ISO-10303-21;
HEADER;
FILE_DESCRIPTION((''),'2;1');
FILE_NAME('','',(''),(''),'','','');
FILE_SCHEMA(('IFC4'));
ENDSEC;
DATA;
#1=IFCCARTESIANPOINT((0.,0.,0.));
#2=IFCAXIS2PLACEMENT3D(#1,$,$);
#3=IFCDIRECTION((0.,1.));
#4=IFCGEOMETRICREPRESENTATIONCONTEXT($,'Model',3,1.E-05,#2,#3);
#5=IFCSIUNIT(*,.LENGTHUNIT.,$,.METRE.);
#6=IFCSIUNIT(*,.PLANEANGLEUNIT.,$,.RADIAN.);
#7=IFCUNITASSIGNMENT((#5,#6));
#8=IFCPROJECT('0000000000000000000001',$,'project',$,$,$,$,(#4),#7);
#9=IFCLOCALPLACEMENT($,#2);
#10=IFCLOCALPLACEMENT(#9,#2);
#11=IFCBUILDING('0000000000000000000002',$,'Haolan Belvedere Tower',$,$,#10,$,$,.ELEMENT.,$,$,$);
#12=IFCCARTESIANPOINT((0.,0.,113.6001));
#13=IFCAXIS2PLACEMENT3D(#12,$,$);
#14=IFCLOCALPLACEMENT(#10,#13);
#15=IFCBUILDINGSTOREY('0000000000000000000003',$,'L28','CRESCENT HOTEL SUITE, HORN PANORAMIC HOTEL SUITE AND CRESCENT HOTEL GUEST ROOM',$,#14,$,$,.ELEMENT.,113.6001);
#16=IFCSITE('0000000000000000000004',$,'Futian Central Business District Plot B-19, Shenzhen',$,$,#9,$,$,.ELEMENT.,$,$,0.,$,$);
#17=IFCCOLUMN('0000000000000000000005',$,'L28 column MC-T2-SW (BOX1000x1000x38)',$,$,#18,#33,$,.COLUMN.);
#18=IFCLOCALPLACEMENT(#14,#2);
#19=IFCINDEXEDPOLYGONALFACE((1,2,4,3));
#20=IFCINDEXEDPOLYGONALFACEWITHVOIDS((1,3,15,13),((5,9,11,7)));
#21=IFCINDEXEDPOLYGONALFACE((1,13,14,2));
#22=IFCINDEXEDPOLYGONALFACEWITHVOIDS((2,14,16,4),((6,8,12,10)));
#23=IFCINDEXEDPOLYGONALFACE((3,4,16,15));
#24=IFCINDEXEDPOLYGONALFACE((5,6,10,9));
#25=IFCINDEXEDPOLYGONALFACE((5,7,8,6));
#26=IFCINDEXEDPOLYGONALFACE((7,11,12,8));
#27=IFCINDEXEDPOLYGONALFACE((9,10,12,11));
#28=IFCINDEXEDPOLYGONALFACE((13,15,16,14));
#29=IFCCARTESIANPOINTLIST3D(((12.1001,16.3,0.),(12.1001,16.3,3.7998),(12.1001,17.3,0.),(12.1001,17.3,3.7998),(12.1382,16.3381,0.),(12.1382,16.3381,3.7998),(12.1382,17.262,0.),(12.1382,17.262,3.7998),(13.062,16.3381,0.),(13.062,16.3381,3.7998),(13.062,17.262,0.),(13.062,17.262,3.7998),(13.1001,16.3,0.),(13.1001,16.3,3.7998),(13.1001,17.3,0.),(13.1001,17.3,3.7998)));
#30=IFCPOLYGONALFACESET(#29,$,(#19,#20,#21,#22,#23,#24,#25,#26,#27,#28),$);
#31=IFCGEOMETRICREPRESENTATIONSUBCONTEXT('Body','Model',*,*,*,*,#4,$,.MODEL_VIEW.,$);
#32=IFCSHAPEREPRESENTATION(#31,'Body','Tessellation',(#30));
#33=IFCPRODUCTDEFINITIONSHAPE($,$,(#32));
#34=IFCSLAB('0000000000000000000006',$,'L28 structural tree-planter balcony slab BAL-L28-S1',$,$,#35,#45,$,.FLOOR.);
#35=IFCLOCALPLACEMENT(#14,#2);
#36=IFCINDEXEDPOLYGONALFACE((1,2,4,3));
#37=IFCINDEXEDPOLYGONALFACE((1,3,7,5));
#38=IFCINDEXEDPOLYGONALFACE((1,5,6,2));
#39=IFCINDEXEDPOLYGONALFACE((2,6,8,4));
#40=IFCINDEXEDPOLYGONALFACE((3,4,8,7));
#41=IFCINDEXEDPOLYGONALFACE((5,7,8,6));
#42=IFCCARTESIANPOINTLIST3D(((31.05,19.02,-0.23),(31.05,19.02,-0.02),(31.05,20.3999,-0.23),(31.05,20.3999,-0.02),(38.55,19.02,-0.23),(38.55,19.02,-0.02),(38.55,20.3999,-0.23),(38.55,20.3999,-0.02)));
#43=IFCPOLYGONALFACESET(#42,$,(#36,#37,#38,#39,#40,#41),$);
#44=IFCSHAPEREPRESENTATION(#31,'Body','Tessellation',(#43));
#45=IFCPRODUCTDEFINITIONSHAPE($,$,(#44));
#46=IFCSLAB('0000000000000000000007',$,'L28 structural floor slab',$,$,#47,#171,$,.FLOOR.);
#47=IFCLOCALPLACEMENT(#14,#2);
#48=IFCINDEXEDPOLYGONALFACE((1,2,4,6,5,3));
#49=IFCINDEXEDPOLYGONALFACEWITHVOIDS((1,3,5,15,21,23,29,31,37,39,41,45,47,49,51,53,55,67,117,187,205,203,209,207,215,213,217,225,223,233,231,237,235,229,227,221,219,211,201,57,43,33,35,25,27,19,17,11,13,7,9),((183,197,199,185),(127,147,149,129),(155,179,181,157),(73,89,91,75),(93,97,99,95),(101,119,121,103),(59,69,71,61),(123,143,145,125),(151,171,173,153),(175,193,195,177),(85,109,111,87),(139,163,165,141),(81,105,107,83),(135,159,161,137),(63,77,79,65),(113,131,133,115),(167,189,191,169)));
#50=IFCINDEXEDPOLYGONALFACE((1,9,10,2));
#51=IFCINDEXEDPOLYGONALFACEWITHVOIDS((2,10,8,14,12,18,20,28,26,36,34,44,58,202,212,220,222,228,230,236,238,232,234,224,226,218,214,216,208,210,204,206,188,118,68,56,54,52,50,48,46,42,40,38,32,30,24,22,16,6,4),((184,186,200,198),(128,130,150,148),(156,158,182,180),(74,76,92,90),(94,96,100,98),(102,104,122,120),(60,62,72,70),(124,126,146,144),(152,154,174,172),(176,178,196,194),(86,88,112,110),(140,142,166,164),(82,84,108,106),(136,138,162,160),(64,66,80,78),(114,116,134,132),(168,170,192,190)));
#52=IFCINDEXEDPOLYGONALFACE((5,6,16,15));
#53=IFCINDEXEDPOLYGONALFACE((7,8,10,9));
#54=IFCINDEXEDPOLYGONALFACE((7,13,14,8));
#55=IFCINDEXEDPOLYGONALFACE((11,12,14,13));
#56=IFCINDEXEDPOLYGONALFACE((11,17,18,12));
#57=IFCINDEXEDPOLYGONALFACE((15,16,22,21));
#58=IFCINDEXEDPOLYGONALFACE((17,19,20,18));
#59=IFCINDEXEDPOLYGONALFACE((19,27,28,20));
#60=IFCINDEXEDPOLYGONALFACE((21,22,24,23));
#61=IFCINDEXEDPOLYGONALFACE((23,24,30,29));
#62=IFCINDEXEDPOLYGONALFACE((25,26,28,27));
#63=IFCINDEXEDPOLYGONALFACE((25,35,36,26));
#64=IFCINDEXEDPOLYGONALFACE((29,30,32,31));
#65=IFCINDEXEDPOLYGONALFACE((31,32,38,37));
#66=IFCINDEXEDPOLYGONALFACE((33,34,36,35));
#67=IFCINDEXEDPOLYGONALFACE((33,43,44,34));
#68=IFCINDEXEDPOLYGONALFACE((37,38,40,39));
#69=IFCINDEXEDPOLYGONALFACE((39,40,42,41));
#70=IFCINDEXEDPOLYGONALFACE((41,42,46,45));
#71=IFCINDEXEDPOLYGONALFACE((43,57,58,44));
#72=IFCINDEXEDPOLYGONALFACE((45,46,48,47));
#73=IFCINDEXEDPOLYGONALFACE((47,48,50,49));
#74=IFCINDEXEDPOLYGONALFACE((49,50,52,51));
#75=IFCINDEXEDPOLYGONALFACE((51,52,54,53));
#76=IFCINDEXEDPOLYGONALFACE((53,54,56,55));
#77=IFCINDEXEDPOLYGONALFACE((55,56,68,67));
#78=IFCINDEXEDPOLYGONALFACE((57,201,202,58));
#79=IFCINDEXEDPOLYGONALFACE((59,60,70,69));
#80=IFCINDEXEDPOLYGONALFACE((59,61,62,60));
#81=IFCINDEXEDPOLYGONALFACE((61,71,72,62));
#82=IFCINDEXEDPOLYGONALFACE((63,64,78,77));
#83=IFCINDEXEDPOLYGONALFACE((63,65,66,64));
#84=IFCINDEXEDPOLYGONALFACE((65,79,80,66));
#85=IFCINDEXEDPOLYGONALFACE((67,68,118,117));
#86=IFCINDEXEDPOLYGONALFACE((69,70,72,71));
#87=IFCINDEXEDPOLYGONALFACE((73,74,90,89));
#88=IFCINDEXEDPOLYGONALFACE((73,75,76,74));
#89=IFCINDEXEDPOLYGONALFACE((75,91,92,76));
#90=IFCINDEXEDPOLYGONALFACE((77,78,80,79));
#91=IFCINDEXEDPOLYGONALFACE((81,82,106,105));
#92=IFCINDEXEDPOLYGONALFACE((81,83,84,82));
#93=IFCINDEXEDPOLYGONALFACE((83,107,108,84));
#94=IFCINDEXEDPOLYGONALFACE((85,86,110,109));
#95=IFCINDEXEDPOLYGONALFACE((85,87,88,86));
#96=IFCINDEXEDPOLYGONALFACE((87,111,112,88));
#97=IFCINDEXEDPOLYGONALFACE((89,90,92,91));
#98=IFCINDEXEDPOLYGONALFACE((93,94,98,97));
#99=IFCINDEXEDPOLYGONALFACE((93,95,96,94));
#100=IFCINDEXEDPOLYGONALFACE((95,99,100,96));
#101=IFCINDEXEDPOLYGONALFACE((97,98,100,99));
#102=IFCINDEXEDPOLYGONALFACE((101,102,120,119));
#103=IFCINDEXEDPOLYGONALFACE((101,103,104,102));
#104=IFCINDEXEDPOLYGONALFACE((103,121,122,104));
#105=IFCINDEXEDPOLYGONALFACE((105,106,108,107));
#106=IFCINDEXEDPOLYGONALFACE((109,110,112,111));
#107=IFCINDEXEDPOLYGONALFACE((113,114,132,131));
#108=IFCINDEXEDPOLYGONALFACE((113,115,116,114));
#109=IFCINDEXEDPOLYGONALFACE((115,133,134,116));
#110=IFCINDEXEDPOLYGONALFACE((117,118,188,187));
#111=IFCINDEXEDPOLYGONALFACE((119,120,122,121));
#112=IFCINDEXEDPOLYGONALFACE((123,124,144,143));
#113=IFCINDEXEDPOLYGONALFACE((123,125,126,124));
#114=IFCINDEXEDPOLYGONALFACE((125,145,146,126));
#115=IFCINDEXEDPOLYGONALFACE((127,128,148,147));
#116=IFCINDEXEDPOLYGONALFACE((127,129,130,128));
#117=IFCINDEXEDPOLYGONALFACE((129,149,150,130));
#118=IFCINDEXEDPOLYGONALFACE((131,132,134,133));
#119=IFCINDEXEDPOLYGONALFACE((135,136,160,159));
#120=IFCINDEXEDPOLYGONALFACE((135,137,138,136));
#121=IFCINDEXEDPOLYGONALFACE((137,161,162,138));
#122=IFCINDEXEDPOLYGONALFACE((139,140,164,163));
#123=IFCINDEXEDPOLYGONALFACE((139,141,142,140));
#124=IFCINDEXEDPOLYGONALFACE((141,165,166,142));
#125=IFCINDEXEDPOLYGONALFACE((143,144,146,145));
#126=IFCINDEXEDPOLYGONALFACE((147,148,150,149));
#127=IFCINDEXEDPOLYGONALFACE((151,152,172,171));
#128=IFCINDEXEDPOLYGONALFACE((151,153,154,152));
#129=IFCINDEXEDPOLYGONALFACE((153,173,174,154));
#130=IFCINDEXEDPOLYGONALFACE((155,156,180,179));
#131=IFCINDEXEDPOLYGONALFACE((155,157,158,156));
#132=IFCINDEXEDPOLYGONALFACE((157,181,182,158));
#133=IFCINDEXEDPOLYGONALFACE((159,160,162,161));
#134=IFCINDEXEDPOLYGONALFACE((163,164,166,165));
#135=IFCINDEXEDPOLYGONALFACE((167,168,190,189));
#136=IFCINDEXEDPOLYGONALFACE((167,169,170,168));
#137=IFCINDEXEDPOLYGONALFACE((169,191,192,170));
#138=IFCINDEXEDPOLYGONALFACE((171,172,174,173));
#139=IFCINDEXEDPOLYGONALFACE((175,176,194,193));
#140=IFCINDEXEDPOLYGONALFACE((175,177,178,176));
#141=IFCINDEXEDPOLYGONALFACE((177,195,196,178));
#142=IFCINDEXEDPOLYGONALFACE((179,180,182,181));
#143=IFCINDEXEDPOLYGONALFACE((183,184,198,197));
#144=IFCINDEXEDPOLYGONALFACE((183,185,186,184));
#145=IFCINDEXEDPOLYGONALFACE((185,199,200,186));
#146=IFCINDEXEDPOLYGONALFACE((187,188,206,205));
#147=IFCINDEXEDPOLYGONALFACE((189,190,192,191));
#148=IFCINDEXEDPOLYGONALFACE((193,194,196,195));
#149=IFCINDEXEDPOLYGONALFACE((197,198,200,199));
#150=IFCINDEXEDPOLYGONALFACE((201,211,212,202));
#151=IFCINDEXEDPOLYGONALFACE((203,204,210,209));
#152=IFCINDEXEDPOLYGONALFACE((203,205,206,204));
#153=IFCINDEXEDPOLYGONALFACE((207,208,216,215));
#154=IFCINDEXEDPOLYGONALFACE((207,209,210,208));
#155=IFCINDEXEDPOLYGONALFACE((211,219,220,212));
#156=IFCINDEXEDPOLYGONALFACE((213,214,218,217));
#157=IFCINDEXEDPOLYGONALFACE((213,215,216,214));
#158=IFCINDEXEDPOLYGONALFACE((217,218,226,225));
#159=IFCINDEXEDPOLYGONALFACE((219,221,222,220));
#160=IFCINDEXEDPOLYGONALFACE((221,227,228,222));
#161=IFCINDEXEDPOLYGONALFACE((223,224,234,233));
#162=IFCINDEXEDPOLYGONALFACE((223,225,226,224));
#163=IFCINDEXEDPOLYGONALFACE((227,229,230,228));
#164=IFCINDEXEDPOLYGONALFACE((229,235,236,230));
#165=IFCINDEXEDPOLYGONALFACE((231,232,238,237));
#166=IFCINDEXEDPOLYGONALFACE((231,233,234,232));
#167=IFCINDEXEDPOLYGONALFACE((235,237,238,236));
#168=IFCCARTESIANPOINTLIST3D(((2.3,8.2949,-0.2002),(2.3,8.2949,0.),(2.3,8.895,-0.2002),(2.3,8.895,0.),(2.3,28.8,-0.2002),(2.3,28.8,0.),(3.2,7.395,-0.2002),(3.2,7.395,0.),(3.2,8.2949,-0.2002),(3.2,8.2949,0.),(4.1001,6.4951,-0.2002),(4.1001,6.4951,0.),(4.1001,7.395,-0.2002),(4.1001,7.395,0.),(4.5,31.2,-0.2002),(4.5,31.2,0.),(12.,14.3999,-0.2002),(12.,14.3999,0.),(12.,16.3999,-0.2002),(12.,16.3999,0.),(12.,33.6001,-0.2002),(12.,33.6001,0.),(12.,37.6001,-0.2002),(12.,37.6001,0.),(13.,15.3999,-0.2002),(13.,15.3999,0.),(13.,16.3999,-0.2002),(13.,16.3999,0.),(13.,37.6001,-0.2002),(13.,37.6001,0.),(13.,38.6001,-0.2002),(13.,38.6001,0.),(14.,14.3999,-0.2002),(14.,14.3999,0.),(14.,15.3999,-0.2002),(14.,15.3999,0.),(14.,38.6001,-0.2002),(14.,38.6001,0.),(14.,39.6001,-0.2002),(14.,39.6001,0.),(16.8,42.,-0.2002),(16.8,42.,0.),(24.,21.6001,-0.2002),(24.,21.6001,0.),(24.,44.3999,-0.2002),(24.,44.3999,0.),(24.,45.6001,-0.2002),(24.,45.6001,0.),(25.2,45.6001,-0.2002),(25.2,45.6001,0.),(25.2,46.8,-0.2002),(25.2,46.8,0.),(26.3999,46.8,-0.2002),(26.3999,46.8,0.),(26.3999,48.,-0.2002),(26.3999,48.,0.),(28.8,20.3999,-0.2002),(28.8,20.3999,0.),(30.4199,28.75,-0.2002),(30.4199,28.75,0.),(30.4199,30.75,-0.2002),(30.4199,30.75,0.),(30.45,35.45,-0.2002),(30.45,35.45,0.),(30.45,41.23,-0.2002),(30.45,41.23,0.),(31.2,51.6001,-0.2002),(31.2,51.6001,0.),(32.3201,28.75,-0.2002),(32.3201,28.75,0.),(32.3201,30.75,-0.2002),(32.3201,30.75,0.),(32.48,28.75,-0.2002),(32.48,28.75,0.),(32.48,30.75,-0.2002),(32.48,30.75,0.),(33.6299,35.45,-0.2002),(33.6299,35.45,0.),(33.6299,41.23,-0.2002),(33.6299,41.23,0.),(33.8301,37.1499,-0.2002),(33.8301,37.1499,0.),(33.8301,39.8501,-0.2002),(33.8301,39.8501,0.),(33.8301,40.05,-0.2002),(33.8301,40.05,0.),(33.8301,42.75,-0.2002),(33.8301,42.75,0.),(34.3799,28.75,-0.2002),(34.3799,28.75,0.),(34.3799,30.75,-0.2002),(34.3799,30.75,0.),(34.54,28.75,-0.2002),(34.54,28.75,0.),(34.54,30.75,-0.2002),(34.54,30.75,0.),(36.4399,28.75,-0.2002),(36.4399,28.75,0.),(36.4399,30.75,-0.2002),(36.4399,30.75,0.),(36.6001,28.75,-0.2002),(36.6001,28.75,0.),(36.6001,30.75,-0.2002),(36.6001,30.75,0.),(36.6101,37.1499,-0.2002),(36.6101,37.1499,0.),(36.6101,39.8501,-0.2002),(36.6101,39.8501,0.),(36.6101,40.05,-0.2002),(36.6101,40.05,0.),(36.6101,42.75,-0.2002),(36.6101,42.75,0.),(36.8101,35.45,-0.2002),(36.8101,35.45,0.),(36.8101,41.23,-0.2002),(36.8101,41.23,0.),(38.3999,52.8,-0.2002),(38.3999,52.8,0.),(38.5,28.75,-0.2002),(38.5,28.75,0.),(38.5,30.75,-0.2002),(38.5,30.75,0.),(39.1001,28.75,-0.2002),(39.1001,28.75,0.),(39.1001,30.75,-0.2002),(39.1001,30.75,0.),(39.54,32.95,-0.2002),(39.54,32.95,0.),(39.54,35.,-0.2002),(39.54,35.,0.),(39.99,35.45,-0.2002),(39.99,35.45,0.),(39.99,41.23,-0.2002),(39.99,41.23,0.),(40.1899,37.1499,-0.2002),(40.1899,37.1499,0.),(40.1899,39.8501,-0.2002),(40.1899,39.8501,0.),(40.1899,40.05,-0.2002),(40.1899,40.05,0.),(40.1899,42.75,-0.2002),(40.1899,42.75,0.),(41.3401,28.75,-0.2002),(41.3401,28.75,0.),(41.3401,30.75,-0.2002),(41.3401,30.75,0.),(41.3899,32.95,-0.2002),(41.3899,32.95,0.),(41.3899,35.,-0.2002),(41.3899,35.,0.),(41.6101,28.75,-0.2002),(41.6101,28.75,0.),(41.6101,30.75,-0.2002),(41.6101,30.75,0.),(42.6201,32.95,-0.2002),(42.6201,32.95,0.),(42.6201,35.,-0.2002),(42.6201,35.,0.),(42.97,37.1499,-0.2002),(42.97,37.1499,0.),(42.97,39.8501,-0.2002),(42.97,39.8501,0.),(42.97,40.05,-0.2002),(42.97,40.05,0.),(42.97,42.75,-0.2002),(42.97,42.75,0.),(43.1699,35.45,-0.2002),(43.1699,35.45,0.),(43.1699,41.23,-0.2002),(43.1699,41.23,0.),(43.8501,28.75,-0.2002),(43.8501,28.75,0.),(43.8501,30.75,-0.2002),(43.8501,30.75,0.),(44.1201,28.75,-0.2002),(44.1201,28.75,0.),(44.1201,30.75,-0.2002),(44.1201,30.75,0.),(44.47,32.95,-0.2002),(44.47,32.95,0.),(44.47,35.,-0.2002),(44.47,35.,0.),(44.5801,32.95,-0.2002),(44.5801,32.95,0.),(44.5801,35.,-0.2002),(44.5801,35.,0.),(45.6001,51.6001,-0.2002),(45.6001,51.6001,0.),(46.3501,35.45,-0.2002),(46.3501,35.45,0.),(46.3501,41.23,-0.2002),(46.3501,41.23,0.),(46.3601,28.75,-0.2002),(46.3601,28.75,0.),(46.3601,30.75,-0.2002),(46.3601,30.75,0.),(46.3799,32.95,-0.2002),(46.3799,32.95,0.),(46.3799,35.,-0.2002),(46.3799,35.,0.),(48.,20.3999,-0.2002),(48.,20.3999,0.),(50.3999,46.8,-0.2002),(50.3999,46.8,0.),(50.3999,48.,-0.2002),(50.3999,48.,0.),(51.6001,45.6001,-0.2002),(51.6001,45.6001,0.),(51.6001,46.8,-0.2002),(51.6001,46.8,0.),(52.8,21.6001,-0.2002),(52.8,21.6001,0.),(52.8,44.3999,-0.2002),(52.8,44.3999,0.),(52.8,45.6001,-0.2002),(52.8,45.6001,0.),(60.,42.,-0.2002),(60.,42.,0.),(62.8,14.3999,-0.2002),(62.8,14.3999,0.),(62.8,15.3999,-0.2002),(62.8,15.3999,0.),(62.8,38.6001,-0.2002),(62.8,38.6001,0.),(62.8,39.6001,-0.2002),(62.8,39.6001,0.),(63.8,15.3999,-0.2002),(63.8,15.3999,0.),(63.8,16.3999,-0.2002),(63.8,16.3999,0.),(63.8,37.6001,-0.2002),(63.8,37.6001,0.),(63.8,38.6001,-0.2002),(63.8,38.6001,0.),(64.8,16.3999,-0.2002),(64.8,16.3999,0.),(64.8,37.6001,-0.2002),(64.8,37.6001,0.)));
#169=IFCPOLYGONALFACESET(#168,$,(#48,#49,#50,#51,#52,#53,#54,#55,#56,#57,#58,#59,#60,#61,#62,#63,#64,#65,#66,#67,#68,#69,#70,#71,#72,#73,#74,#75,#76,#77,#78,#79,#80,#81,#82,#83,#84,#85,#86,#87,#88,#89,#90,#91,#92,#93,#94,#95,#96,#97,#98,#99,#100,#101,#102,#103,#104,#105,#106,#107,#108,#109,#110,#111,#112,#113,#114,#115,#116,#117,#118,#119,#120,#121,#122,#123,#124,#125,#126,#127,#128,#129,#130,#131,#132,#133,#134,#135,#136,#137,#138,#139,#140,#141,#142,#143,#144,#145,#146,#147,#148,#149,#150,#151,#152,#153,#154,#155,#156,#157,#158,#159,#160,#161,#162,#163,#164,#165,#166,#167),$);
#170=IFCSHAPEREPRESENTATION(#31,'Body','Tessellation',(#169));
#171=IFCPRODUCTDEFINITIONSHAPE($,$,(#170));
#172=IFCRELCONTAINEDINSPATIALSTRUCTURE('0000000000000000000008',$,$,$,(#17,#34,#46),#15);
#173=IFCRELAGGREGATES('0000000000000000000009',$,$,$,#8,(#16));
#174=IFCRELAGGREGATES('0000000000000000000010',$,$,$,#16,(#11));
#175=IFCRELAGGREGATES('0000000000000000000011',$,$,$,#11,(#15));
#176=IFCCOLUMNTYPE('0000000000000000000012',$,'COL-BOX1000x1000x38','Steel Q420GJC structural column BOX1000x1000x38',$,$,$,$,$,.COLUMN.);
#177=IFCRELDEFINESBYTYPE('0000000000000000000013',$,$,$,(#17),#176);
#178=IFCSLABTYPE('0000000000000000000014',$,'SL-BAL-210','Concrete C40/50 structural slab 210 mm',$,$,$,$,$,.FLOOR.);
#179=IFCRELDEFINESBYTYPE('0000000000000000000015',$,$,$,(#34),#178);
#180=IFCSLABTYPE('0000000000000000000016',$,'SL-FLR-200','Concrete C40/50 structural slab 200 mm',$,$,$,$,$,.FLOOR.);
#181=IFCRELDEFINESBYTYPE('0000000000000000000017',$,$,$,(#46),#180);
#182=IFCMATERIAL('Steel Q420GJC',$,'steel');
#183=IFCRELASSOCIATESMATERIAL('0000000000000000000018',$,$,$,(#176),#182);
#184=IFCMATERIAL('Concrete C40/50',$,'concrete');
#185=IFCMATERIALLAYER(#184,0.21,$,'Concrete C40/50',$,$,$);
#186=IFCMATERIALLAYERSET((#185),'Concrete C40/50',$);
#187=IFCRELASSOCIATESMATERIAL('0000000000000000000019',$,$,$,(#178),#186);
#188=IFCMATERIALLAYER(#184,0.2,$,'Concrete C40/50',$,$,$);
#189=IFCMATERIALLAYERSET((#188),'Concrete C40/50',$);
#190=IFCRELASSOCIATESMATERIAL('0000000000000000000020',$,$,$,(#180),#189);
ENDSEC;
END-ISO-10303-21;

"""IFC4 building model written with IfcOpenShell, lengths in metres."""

from ifc_helpers import new_model, si_unit, direction, frame, origin, origin_2d, place, context, subcontext, project, spatial, polyline, hollow_rectangle, outline, extrude, material, layer, layer_set, material_profile, profile_set, type_object, element, save


model = new_model("IFC4")

# Units and contexts
model_context = context("Model", 3, precision=1e-05, world=origin(), true_north=direction((0.0, 1.0)))
body_context = subcontext(model_context, "Body", "Model", "MODEL_VIEW")
ifc_project = project(units=[si_unit("LENGTHUNIT", "METRE"), si_unit("PLANEANGLEUNIT", "RADIAN")], contexts=[model_context])

# Site, building, storey
site_placement = place(None, origin())
site = spatial("IfcSite", under=ifc_project, at=site_placement, Name="Futian Central Business District Plot B-19, Shenzhen", CompositionType="ELEMENT", RefElevation=0.0)
building_placement = place(site_placement, origin())
building = spatial("IfcBuilding", under=site, at=building_placement, Name="Haolan Belvedere Tower", CompositionType="ELEMENT")
storey_placement = place(building_placement, frame((0.0, 0.0, 113.6001)))
storey = spatial("IfcBuildingStorey", under=building, at=storey_placement, Name="L28", Description="CRESCENT HOTEL SUITE, HORN PANORAMIC HOTEL SUITE AND CRESCENT HOTEL GUEST ROOM", CompositionType="ELEMENT", Elevation=113.6001)

# Column
ifc_material_1 = material(Name="Steel Q420GJC", Category="steel")
ifc_material_profile = material_profile(ifc_material_1, hollow_rectangle(XDim=1.0, YDim=1.0, WallThickness=0.0381, at=origin_2d()), Name="Steel Q420GJC")
ifc_profile_set = profile_set([ifc_material_profile], Name="Steel Q420GJC")
column_type = type_object("IfcColumnType", Name="COL-BOX1000x1000x38", Description="Steel Q420GJC structural column BOX1000x1000x38", PredefinedType="COLUMN", material=ifc_profile_set)
column_placement = place(storey_placement, frame((12.6001, 16.8, 0.0), z_axis=(0.0, 0.0, 1.0), x_axis=(1.0, 0.0, 0.0)))
element("IfcColumn", 1, at=column_placement, inside=storey, type_object=column_type, Name="L28 column MC-T2-SW (BOX1000x1000x38)", PredefinedType="COLUMN", context=body_context, shape_type="SweptSolid", body=[
    extrude(hollow_rectangle(XDim=1.0, YDim=1.0, WallThickness=0.0381, at=origin_2d()), origin(), (0.0, 0.0, 1.0), 3.7998),
])

# Slabs
ifc_material_2 = material(Name="Concrete C40/50", Category="concrete")
ifc_layer_1 = layer(ifc_material_2, 0.21, Name="Concrete C40/50")
ifc_layer_set_1 = layer_set([ifc_layer_1], Name="Concrete C40/50")
slab_type_1 = type_object("IfcSlabType", Name="SL-BAL-210", Description="Concrete C40/50 structural slab 210 mm", PredefinedType="FLOOR", material=ifc_layer_set_1)
slab_1_placement = place(storey_placement, frame((0.0, 0.0, -0.23)))
element("IfcSlab", 2, at=slab_1_placement, inside=storey, type_object=slab_type_1, Name="L28 structural tree-planter balcony slab BAL-L28-S1", PredefinedType="FLOOR", context=body_context, shape_type="SweptSolid", body=[
    extrude(outline(polyline([(31.05, 19.02), (38.55, 19.02), (38.55, 20.3999), (31.05, 20.3999), (31.05, 19.02)])), origin(), (0.0, 0.0, 1.0), 0.21),
])
ifc_layer_2 = layer(ifc_material_2, 0.2, Name="Concrete C40/50")
ifc_layer_set_2 = layer_set([ifc_layer_2], Name="Concrete C40/50")
slab_type_2 = type_object("IfcSlabType", Name="SL-FLR-200", Description="Concrete C40/50 structural slab 200 mm", PredefinedType="FLOOR", material=ifc_layer_set_2)
slab_2_placement = place(storey_placement, frame((0.0, 0.0, -0.2002)))
element("IfcSlab", 3, at=slab_2_placement, inside=storey, type_object=slab_type_2, Name="L28 structural floor slab", PredefinedType="FLOOR", context=body_context, shape_type="SweptSolid", body=[
    extrude(outline(polyline([(12.0, 14.3999), (12.0, 16.3999), (13.0, 16.3999), (13.0, 15.3999), (14.0, 15.3999), (14.0, 14.3999), (24.0, 21.6001), (28.8, 20.3999), (48.0, 20.3999), (52.8, 21.6001), (62.8, 14.3999), (62.8, 15.3999), (63.8, 15.3999), (63.8, 16.3999), (64.8, 16.3999), (64.8, 37.6001), (63.8, 37.6001), (63.8, 38.6001), (62.8, 38.6001), (62.8, 39.6001), (60.0, 42.0), (52.8, 44.3999), (52.8, 45.6001), (51.6001, 45.6001), (51.6001, 46.8), (50.3999, 46.8), (50.3999, 48.0), (45.6001, 51.6001), (38.3999, 52.8), (31.2, 51.6001), (26.3999, 48.0), (26.3999, 46.8), (25.2, 46.8), (25.2, 45.6001), (24.0, 45.6001), (24.0, 44.3999), (16.8, 42.0), (14.0, 39.6001), (14.0, 38.6001), (13.0, 38.6001), (13.0, 37.6001), (12.0, 37.6001), (12.0, 33.6001), (4.5, 31.2), (2.3, 28.8), (2.3, 8.895), (2.3, 8.2949), (3.2, 8.2949), (3.2, 7.395), (4.1001, 7.395), (4.1001, 6.4951), (12.0, 14.3999)]), holes=[polyline([(30.45, 41.23), (30.45, 35.45), (33.6299, 35.45), (33.6299, 41.23), (30.45, 41.23)]), polyline([(36.8101, 41.23), (36.8101, 35.45), (39.99, 35.45), (39.99, 41.23), (36.8101, 41.23)]), polyline([(43.1699, 41.23), (43.1699, 35.45), (46.3501, 35.45), (46.3501, 41.23), (43.1699, 41.23)]), polyline([(33.8301, 40.05), (36.6101, 40.05), (36.6101, 42.75), (33.8301, 42.75), (33.8301, 40.05)]), polyline([(33.8301, 37.1499), (36.6101, 37.1499), (36.6101, 39.8501), (33.8301, 39.8501), (33.8301, 37.1499)]), polyline([(40.1899, 40.05), (42.97, 40.05), (42.97, 42.75), (40.1899, 42.75), (40.1899, 40.05)]), polyline([(40.1899, 37.1499), (42.97, 37.1499), (42.97, 39.8501), (40.1899, 39.8501), (40.1899, 37.1499)]), polyline([(39.54, 32.95), (41.3899, 32.95), (41.3899, 35.0), (39.54, 35.0), (39.54, 32.95)]), polyline([(42.6201, 32.95), (44.47, 32.95), (44.47, 35.0), (42.6201, 35.0), (42.6201, 32.95)]), polyline([(44.5801, 32.95), (46.3799, 32.95), (46.3799, 35.0), (44.5801, 35.0), (44.5801, 32.95)]), polyline([(30.4199, 28.75), (32.3201, 28.75), (32.3201, 30.75), (30.4199, 30.75), (30.4199, 28.75)]), polyline([(32.48, 28.75), (34.3799, 28.75), (34.3799, 30.75), (32.48, 30.75), (32.48, 28.75)]), polyline([(34.54, 28.75), (36.4399, 28.75), (36.4399, 30.75), (34.54, 30.75), (34.54, 28.75)]), polyline([(36.6001, 28.75), (38.5, 28.75), (38.5, 30.75), (36.6001, 30.75), (36.6001, 28.75)]), polyline([(39.1001, 28.75), (41.3401, 28.75), (41.3401, 30.75), (39.1001, 30.75), (39.1001, 28.75)]), polyline([(41.6101, 28.75), (43.8501, 28.75), (43.8501, 30.75), (41.6101, 30.75), (41.6101, 28.75)]), polyline([(44.1201, 28.75), (46.3601, 28.75), (46.3601, 30.75), (44.1201, 30.75), (44.1201, 28.75)])]), origin(), (0.0, 0.0, 1.0), 0.2002),
])

save(model, "model.ifc")
